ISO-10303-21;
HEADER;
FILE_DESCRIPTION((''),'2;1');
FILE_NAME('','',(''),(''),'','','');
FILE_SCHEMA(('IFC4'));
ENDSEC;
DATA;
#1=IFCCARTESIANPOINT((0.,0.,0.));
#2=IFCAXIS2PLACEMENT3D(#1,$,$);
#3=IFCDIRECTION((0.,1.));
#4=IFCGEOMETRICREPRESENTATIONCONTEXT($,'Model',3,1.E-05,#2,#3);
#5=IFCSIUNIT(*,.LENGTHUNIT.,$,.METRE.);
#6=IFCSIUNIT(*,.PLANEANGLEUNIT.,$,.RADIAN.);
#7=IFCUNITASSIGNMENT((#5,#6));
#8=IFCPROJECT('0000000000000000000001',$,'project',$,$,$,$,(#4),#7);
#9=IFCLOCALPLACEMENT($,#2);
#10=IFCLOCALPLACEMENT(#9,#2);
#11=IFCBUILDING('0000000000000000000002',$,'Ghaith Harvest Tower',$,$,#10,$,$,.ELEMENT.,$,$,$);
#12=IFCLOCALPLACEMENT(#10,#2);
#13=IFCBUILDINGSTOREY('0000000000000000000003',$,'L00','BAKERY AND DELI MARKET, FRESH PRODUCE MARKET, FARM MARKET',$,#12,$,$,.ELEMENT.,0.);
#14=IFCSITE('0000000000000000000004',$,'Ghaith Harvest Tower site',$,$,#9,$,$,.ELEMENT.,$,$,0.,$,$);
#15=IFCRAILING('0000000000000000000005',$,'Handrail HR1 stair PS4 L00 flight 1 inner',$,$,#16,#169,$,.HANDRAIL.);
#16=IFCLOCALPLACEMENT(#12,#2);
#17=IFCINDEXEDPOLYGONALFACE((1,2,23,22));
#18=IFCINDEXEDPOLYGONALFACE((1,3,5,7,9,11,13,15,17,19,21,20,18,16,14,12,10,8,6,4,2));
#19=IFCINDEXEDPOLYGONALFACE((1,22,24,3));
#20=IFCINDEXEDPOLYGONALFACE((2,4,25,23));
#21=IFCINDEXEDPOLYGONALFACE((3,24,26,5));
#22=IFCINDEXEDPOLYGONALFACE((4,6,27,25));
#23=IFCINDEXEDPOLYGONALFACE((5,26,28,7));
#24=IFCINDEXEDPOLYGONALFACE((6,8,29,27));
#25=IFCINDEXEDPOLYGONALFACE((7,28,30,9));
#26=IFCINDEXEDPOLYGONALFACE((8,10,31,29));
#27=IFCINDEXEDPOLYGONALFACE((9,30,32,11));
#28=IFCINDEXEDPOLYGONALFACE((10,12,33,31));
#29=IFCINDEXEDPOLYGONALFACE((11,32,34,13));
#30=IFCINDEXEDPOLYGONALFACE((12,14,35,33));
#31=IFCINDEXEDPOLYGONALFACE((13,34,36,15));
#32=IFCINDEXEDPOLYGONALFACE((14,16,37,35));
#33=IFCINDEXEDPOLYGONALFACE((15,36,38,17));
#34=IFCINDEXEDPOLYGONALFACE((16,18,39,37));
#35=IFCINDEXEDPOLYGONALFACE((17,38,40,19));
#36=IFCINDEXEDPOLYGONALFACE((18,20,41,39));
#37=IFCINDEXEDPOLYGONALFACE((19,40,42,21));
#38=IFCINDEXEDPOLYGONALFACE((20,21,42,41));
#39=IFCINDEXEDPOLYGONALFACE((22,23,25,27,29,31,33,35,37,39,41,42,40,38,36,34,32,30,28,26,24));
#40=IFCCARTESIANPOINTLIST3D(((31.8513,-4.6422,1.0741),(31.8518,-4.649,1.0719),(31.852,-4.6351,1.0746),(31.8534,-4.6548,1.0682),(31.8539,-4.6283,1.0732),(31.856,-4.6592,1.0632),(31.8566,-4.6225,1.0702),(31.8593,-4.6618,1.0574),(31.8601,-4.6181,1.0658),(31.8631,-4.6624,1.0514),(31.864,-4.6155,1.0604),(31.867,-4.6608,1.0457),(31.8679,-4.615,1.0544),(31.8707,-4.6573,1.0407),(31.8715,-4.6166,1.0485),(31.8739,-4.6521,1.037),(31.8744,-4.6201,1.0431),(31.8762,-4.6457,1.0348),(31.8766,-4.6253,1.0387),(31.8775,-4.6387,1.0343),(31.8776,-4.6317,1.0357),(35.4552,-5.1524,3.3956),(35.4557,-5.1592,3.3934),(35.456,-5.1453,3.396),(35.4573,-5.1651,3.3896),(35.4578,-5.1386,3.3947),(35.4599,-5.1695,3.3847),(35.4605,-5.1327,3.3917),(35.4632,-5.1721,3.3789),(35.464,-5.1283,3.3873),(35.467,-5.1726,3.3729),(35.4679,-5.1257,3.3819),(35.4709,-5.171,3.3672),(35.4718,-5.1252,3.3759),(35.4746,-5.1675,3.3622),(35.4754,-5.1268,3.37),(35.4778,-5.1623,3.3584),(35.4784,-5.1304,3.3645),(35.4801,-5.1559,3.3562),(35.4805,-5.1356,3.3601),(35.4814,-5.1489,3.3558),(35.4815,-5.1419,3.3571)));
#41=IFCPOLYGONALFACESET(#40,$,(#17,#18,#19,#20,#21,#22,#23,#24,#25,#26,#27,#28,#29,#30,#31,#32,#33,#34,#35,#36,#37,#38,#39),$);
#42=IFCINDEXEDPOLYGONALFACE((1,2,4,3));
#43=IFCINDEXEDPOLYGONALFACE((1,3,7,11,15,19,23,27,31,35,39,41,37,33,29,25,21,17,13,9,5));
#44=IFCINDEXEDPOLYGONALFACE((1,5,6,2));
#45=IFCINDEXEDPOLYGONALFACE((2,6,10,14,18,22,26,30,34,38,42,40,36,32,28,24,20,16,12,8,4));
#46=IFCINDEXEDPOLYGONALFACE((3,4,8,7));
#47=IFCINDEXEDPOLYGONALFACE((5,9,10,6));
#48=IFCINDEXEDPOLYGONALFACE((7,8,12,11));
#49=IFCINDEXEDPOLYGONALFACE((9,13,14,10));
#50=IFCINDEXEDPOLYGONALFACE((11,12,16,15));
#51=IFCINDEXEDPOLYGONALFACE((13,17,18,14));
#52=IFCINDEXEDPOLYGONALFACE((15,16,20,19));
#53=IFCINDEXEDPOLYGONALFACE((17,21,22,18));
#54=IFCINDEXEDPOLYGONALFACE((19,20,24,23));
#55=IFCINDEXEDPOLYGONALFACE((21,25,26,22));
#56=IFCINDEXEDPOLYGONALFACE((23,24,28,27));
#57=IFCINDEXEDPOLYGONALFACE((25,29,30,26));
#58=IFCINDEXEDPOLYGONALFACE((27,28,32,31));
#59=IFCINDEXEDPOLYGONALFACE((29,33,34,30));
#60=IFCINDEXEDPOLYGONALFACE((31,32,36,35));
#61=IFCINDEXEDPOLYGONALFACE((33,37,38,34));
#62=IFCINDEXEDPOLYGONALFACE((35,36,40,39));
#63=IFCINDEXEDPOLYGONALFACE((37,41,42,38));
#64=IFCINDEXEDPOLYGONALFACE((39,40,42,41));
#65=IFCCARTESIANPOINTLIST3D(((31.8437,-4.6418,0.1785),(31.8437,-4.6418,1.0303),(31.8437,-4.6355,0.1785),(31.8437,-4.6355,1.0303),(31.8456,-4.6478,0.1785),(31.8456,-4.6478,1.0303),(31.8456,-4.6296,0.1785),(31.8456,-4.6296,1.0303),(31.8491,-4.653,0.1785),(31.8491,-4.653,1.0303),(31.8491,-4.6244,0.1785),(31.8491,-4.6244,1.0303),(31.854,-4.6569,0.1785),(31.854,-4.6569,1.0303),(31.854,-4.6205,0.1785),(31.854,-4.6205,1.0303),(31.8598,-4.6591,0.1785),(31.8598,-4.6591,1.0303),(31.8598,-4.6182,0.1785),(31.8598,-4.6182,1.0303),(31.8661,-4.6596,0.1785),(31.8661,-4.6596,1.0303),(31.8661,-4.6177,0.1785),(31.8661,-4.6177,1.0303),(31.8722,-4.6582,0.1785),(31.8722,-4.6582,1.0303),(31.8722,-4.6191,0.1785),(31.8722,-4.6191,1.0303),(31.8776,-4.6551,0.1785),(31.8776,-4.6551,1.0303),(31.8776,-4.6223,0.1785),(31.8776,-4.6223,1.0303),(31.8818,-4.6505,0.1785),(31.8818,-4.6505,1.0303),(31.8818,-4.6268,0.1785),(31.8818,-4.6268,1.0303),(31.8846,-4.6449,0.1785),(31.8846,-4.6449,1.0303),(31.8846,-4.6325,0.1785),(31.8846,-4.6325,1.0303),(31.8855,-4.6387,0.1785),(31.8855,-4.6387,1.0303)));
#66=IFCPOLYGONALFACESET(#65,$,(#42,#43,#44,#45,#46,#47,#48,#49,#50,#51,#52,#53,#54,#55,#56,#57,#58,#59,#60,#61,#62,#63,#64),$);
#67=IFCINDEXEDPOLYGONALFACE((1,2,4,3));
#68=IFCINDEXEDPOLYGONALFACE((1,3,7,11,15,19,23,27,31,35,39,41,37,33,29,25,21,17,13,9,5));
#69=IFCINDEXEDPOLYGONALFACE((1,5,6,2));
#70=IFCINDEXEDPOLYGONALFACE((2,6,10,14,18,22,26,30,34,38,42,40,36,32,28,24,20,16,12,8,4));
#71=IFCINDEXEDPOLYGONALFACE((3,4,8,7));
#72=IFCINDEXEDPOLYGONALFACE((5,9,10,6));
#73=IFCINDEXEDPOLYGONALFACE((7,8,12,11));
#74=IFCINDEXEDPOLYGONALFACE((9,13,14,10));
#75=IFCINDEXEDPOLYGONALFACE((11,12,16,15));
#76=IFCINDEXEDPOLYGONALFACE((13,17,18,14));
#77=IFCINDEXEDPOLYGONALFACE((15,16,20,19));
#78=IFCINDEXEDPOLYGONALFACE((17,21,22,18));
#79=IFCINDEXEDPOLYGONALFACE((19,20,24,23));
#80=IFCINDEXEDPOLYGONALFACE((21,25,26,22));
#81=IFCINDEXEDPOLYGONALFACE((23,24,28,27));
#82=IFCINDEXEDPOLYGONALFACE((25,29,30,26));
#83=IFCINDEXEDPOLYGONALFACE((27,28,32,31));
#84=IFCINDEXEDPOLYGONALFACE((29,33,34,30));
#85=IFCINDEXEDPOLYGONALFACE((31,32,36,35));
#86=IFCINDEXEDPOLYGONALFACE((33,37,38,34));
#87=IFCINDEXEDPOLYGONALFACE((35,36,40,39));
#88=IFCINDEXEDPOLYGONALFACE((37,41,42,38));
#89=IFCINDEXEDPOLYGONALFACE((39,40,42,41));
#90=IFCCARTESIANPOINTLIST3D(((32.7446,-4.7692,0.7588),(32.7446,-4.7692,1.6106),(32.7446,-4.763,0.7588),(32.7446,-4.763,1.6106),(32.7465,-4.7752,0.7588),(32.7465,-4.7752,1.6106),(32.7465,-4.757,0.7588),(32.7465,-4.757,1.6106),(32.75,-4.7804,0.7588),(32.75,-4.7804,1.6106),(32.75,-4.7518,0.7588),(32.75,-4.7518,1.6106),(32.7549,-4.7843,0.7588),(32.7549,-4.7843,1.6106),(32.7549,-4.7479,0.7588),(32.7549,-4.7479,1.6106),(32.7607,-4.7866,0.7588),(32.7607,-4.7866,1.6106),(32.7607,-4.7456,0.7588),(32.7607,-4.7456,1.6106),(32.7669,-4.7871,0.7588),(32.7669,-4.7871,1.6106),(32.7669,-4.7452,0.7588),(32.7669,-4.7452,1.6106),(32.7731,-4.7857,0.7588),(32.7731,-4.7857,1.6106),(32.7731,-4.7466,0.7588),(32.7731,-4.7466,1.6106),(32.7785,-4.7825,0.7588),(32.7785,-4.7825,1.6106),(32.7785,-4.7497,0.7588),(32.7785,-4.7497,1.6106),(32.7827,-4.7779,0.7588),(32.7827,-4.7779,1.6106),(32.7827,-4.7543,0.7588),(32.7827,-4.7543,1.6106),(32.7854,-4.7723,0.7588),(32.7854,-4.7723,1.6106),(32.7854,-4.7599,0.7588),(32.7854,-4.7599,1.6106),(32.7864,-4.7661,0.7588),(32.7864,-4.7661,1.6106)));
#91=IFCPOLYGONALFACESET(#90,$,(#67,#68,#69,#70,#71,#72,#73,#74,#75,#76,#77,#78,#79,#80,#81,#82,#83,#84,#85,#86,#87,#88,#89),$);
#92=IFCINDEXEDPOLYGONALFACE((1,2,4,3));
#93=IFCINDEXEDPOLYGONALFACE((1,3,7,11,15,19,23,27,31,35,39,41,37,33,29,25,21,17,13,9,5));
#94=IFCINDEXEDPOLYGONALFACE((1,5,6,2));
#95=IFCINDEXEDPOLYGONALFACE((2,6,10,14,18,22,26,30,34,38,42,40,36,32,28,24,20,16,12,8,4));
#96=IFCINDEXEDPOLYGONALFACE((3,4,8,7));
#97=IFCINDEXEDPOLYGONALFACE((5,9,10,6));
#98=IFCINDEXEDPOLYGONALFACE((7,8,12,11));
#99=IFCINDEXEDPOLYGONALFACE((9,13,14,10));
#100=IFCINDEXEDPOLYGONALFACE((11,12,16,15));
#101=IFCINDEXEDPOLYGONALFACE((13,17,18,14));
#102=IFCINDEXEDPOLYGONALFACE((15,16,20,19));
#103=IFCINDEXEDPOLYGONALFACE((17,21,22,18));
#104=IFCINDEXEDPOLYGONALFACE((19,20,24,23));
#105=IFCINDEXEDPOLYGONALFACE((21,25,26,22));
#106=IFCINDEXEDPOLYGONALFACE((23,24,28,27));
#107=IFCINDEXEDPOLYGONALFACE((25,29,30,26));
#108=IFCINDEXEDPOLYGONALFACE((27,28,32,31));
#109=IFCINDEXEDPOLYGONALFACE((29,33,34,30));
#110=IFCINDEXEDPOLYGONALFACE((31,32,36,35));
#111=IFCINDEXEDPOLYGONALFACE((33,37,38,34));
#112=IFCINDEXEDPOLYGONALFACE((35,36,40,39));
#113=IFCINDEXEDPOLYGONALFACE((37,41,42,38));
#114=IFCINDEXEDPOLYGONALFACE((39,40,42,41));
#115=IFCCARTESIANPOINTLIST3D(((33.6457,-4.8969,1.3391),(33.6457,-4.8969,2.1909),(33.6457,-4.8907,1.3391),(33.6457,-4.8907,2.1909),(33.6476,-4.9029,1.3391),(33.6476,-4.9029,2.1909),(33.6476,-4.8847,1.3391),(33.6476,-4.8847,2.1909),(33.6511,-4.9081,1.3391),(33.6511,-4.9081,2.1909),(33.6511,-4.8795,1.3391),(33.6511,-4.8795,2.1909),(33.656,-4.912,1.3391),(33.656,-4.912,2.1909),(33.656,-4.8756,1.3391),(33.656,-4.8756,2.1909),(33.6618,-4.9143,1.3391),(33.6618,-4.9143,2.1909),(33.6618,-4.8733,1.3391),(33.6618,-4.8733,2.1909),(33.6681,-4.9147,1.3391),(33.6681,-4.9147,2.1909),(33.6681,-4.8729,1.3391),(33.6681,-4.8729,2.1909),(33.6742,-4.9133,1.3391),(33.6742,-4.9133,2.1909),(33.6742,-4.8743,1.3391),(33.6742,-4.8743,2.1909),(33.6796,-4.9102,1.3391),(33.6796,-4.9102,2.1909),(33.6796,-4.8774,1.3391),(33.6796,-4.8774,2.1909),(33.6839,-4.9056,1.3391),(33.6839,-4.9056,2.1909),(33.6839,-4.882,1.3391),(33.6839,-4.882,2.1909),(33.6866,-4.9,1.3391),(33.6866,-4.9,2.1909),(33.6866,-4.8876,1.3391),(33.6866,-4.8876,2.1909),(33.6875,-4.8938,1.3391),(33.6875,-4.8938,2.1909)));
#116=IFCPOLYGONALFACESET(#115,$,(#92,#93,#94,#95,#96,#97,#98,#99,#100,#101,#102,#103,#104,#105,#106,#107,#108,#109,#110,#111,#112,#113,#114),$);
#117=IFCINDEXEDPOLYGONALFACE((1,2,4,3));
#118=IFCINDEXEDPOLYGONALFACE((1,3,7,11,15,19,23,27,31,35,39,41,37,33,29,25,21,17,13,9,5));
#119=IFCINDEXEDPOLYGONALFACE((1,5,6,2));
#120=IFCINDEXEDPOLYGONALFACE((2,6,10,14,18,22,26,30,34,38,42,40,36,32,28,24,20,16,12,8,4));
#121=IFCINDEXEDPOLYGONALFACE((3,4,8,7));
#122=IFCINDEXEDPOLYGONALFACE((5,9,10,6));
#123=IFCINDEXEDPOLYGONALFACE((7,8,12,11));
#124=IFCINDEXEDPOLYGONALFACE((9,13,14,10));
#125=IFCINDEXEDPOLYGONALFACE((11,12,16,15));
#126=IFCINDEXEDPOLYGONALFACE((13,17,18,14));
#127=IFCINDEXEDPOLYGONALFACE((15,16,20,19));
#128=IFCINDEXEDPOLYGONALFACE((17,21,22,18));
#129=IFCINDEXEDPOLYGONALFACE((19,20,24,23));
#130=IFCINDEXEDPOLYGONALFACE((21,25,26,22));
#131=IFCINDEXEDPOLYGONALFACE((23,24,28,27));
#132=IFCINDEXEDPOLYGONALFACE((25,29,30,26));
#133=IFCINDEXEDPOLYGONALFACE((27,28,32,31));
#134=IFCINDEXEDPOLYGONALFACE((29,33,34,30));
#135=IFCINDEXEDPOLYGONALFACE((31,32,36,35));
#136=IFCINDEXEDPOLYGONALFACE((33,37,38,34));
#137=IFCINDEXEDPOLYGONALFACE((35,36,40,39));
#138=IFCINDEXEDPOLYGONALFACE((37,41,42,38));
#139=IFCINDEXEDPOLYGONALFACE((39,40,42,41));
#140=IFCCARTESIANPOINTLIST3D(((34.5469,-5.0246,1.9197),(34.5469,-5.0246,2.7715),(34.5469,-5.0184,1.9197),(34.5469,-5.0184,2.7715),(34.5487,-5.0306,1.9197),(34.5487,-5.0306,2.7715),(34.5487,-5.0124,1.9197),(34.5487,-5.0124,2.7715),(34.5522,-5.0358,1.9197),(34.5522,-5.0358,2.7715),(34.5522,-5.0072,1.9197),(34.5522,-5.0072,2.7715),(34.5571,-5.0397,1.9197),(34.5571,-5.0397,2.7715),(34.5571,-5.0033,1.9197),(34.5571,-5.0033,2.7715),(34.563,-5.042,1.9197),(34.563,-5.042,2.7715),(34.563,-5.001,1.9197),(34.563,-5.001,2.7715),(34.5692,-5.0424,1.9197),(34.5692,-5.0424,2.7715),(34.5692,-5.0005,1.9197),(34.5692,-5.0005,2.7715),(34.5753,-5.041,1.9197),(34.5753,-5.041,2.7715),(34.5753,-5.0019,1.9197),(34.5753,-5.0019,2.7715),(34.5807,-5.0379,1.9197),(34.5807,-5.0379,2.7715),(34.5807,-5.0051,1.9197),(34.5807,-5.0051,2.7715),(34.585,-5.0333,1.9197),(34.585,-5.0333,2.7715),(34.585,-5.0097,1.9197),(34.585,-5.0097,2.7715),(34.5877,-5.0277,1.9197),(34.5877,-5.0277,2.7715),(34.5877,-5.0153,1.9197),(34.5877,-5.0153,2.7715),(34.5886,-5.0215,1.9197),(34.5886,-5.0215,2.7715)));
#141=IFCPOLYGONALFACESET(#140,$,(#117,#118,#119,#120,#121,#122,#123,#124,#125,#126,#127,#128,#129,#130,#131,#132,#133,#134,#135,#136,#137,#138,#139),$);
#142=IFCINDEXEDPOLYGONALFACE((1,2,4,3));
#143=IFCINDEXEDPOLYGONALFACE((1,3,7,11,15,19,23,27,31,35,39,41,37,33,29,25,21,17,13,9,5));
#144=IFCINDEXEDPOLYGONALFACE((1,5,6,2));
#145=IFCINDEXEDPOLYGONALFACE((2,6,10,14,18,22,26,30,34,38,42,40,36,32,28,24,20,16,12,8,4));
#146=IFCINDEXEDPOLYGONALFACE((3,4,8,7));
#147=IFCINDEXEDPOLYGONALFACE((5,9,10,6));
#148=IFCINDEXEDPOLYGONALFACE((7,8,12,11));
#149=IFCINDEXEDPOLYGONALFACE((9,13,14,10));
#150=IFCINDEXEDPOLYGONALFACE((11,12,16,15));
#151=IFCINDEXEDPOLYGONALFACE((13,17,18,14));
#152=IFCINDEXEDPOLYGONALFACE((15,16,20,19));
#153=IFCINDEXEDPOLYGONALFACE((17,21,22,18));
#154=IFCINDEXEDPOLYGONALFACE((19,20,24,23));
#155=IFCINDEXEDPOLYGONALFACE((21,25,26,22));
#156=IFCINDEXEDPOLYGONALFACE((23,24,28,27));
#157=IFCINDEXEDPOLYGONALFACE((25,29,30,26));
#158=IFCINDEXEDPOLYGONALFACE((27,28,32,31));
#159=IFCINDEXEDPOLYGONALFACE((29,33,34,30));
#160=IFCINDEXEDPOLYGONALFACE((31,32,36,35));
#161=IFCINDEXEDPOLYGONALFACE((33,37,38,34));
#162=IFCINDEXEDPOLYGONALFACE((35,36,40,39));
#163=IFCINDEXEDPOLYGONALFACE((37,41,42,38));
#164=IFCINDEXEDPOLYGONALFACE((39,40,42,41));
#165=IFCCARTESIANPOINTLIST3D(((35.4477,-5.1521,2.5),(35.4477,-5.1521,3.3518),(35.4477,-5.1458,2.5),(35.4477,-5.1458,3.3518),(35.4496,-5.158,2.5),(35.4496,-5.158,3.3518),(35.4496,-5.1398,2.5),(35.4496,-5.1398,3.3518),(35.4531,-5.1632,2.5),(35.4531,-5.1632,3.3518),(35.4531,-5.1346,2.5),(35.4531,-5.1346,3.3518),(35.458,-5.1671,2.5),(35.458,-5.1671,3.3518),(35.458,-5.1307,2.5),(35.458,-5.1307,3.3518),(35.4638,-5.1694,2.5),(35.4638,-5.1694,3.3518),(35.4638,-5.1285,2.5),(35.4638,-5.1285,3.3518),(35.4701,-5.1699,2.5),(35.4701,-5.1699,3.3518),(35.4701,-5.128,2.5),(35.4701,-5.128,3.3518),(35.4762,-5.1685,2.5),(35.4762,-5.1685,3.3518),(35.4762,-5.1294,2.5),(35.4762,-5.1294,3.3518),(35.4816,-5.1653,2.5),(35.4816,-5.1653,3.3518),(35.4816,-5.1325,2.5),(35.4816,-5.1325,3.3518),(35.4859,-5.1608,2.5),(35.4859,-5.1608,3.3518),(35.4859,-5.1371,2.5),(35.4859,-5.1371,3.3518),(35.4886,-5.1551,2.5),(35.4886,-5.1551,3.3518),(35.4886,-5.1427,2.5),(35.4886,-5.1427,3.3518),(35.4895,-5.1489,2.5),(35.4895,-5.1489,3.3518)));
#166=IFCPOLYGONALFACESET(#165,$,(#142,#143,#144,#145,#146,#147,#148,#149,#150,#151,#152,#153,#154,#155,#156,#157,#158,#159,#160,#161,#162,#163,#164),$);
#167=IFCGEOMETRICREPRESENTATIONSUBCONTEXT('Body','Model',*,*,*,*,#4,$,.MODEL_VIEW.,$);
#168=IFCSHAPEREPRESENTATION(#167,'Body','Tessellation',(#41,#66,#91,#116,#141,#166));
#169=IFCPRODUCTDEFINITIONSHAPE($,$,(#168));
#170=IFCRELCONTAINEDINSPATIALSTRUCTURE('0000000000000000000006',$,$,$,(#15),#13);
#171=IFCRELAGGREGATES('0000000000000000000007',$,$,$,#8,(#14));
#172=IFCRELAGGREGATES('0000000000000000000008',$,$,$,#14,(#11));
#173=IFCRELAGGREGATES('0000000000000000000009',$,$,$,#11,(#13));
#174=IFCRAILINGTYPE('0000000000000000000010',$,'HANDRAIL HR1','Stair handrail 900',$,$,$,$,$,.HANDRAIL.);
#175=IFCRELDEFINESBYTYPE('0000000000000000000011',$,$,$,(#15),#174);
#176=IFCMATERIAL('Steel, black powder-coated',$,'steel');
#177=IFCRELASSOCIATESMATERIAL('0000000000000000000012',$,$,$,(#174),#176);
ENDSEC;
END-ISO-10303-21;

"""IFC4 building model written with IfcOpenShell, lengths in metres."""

from ifc_helpers import new_model, si_unit, direction, frame, origin, origin_2d, place, context, subcontext, project, spatial, circle, extrude, material, type_object, element, save


model = new_model("IFC4")

# Units and contexts
model_context = context("Model", 3, precision=1e-05, world=origin(), true_north=direction((0.0, 1.0)))
body_context = subcontext(model_context, "Body", "Model", "MODEL_VIEW")
ifc_project = project(units=[si_unit("LENGTHUNIT", "METRE"), si_unit("PLANEANGLEUNIT", "RADIAN")], contexts=[model_context])

# Site, building, storey
site_placement = place(None, origin())
site = spatial("IfcSite", under=ifc_project, at=site_placement, Name="Ghaith Harvest Tower site", CompositionType="ELEMENT", RefElevation=0.0)
building_placement = place(site_placement, origin())
building = spatial("IfcBuilding", under=site, at=building_placement, Name="Ghaith Harvest Tower", CompositionType="ELEMENT")
storey_placement = place(building_placement, origin())
storey = spatial("IfcBuildingStorey", under=building, at=storey_placement, Name="L00", Description="BAKERY AND DELI MARKET, FRESH PRODUCE MARKET, FARM MARKET", CompositionType="ELEMENT", Elevation=0.0)

# Railing
ifc_material_1 = material(Name="Steel, black powder-coated", Category="steel")
railing_type = type_object("IfcRailingType", Name="HANDRAIL HR1", Description="Stair handrail 900", PredefinedType="HANDRAIL", material=ifc_material_1)
railing_1_placement = place(storey_placement, frame((31.8645, -4.6387, 0.1785)))
element("IfcRailing", 1, at=railing_1_placement, inside=storey, type_object=railing_type, Name="Handrail HR1 stair PS4 L00 flight 1 inner", PredefinedType="HANDRAIL", context=body_context, shape_type="SweptSolid", body=[
    extrude(circle(Radius=0.0239, at=origin_2d()), frame((0.0, 0.0, 0.876), z_axis=(0.83479, -0.118189, 0.537733), x_axis=(0.140182, 0.990126, 0.0)), (0.0, 0.0, 1.0), 4.3171),
    extrude(circle(Radius=0.021, at=origin_2d()), origin(), (0.0, 0.0, 1.0), 0.8518),
    extrude(circle(Radius=0.021, at=origin_2d()), frame((0.9009, -0.1274, 0.5803)), (0.0, 0.0, 1.0), 0.8518),
    extrude(circle(Radius=0.021, at=origin_2d()), frame((1.802, -0.2551, 1.1606)), (0.0, 0.0, 1.0), 0.8518),
    extrude(circle(Radius=0.021, at=origin_2d()), frame((2.7031, -0.3828, 1.7412)), (0.0, 0.0, 1.0), 0.8518),
    extrude(circle(Radius=0.021, at=origin_2d()), frame((3.604, -0.5103, 2.3215)), (0.0, 0.0, 1.0), 0.8518),
])

save(model, "model.ifc")
